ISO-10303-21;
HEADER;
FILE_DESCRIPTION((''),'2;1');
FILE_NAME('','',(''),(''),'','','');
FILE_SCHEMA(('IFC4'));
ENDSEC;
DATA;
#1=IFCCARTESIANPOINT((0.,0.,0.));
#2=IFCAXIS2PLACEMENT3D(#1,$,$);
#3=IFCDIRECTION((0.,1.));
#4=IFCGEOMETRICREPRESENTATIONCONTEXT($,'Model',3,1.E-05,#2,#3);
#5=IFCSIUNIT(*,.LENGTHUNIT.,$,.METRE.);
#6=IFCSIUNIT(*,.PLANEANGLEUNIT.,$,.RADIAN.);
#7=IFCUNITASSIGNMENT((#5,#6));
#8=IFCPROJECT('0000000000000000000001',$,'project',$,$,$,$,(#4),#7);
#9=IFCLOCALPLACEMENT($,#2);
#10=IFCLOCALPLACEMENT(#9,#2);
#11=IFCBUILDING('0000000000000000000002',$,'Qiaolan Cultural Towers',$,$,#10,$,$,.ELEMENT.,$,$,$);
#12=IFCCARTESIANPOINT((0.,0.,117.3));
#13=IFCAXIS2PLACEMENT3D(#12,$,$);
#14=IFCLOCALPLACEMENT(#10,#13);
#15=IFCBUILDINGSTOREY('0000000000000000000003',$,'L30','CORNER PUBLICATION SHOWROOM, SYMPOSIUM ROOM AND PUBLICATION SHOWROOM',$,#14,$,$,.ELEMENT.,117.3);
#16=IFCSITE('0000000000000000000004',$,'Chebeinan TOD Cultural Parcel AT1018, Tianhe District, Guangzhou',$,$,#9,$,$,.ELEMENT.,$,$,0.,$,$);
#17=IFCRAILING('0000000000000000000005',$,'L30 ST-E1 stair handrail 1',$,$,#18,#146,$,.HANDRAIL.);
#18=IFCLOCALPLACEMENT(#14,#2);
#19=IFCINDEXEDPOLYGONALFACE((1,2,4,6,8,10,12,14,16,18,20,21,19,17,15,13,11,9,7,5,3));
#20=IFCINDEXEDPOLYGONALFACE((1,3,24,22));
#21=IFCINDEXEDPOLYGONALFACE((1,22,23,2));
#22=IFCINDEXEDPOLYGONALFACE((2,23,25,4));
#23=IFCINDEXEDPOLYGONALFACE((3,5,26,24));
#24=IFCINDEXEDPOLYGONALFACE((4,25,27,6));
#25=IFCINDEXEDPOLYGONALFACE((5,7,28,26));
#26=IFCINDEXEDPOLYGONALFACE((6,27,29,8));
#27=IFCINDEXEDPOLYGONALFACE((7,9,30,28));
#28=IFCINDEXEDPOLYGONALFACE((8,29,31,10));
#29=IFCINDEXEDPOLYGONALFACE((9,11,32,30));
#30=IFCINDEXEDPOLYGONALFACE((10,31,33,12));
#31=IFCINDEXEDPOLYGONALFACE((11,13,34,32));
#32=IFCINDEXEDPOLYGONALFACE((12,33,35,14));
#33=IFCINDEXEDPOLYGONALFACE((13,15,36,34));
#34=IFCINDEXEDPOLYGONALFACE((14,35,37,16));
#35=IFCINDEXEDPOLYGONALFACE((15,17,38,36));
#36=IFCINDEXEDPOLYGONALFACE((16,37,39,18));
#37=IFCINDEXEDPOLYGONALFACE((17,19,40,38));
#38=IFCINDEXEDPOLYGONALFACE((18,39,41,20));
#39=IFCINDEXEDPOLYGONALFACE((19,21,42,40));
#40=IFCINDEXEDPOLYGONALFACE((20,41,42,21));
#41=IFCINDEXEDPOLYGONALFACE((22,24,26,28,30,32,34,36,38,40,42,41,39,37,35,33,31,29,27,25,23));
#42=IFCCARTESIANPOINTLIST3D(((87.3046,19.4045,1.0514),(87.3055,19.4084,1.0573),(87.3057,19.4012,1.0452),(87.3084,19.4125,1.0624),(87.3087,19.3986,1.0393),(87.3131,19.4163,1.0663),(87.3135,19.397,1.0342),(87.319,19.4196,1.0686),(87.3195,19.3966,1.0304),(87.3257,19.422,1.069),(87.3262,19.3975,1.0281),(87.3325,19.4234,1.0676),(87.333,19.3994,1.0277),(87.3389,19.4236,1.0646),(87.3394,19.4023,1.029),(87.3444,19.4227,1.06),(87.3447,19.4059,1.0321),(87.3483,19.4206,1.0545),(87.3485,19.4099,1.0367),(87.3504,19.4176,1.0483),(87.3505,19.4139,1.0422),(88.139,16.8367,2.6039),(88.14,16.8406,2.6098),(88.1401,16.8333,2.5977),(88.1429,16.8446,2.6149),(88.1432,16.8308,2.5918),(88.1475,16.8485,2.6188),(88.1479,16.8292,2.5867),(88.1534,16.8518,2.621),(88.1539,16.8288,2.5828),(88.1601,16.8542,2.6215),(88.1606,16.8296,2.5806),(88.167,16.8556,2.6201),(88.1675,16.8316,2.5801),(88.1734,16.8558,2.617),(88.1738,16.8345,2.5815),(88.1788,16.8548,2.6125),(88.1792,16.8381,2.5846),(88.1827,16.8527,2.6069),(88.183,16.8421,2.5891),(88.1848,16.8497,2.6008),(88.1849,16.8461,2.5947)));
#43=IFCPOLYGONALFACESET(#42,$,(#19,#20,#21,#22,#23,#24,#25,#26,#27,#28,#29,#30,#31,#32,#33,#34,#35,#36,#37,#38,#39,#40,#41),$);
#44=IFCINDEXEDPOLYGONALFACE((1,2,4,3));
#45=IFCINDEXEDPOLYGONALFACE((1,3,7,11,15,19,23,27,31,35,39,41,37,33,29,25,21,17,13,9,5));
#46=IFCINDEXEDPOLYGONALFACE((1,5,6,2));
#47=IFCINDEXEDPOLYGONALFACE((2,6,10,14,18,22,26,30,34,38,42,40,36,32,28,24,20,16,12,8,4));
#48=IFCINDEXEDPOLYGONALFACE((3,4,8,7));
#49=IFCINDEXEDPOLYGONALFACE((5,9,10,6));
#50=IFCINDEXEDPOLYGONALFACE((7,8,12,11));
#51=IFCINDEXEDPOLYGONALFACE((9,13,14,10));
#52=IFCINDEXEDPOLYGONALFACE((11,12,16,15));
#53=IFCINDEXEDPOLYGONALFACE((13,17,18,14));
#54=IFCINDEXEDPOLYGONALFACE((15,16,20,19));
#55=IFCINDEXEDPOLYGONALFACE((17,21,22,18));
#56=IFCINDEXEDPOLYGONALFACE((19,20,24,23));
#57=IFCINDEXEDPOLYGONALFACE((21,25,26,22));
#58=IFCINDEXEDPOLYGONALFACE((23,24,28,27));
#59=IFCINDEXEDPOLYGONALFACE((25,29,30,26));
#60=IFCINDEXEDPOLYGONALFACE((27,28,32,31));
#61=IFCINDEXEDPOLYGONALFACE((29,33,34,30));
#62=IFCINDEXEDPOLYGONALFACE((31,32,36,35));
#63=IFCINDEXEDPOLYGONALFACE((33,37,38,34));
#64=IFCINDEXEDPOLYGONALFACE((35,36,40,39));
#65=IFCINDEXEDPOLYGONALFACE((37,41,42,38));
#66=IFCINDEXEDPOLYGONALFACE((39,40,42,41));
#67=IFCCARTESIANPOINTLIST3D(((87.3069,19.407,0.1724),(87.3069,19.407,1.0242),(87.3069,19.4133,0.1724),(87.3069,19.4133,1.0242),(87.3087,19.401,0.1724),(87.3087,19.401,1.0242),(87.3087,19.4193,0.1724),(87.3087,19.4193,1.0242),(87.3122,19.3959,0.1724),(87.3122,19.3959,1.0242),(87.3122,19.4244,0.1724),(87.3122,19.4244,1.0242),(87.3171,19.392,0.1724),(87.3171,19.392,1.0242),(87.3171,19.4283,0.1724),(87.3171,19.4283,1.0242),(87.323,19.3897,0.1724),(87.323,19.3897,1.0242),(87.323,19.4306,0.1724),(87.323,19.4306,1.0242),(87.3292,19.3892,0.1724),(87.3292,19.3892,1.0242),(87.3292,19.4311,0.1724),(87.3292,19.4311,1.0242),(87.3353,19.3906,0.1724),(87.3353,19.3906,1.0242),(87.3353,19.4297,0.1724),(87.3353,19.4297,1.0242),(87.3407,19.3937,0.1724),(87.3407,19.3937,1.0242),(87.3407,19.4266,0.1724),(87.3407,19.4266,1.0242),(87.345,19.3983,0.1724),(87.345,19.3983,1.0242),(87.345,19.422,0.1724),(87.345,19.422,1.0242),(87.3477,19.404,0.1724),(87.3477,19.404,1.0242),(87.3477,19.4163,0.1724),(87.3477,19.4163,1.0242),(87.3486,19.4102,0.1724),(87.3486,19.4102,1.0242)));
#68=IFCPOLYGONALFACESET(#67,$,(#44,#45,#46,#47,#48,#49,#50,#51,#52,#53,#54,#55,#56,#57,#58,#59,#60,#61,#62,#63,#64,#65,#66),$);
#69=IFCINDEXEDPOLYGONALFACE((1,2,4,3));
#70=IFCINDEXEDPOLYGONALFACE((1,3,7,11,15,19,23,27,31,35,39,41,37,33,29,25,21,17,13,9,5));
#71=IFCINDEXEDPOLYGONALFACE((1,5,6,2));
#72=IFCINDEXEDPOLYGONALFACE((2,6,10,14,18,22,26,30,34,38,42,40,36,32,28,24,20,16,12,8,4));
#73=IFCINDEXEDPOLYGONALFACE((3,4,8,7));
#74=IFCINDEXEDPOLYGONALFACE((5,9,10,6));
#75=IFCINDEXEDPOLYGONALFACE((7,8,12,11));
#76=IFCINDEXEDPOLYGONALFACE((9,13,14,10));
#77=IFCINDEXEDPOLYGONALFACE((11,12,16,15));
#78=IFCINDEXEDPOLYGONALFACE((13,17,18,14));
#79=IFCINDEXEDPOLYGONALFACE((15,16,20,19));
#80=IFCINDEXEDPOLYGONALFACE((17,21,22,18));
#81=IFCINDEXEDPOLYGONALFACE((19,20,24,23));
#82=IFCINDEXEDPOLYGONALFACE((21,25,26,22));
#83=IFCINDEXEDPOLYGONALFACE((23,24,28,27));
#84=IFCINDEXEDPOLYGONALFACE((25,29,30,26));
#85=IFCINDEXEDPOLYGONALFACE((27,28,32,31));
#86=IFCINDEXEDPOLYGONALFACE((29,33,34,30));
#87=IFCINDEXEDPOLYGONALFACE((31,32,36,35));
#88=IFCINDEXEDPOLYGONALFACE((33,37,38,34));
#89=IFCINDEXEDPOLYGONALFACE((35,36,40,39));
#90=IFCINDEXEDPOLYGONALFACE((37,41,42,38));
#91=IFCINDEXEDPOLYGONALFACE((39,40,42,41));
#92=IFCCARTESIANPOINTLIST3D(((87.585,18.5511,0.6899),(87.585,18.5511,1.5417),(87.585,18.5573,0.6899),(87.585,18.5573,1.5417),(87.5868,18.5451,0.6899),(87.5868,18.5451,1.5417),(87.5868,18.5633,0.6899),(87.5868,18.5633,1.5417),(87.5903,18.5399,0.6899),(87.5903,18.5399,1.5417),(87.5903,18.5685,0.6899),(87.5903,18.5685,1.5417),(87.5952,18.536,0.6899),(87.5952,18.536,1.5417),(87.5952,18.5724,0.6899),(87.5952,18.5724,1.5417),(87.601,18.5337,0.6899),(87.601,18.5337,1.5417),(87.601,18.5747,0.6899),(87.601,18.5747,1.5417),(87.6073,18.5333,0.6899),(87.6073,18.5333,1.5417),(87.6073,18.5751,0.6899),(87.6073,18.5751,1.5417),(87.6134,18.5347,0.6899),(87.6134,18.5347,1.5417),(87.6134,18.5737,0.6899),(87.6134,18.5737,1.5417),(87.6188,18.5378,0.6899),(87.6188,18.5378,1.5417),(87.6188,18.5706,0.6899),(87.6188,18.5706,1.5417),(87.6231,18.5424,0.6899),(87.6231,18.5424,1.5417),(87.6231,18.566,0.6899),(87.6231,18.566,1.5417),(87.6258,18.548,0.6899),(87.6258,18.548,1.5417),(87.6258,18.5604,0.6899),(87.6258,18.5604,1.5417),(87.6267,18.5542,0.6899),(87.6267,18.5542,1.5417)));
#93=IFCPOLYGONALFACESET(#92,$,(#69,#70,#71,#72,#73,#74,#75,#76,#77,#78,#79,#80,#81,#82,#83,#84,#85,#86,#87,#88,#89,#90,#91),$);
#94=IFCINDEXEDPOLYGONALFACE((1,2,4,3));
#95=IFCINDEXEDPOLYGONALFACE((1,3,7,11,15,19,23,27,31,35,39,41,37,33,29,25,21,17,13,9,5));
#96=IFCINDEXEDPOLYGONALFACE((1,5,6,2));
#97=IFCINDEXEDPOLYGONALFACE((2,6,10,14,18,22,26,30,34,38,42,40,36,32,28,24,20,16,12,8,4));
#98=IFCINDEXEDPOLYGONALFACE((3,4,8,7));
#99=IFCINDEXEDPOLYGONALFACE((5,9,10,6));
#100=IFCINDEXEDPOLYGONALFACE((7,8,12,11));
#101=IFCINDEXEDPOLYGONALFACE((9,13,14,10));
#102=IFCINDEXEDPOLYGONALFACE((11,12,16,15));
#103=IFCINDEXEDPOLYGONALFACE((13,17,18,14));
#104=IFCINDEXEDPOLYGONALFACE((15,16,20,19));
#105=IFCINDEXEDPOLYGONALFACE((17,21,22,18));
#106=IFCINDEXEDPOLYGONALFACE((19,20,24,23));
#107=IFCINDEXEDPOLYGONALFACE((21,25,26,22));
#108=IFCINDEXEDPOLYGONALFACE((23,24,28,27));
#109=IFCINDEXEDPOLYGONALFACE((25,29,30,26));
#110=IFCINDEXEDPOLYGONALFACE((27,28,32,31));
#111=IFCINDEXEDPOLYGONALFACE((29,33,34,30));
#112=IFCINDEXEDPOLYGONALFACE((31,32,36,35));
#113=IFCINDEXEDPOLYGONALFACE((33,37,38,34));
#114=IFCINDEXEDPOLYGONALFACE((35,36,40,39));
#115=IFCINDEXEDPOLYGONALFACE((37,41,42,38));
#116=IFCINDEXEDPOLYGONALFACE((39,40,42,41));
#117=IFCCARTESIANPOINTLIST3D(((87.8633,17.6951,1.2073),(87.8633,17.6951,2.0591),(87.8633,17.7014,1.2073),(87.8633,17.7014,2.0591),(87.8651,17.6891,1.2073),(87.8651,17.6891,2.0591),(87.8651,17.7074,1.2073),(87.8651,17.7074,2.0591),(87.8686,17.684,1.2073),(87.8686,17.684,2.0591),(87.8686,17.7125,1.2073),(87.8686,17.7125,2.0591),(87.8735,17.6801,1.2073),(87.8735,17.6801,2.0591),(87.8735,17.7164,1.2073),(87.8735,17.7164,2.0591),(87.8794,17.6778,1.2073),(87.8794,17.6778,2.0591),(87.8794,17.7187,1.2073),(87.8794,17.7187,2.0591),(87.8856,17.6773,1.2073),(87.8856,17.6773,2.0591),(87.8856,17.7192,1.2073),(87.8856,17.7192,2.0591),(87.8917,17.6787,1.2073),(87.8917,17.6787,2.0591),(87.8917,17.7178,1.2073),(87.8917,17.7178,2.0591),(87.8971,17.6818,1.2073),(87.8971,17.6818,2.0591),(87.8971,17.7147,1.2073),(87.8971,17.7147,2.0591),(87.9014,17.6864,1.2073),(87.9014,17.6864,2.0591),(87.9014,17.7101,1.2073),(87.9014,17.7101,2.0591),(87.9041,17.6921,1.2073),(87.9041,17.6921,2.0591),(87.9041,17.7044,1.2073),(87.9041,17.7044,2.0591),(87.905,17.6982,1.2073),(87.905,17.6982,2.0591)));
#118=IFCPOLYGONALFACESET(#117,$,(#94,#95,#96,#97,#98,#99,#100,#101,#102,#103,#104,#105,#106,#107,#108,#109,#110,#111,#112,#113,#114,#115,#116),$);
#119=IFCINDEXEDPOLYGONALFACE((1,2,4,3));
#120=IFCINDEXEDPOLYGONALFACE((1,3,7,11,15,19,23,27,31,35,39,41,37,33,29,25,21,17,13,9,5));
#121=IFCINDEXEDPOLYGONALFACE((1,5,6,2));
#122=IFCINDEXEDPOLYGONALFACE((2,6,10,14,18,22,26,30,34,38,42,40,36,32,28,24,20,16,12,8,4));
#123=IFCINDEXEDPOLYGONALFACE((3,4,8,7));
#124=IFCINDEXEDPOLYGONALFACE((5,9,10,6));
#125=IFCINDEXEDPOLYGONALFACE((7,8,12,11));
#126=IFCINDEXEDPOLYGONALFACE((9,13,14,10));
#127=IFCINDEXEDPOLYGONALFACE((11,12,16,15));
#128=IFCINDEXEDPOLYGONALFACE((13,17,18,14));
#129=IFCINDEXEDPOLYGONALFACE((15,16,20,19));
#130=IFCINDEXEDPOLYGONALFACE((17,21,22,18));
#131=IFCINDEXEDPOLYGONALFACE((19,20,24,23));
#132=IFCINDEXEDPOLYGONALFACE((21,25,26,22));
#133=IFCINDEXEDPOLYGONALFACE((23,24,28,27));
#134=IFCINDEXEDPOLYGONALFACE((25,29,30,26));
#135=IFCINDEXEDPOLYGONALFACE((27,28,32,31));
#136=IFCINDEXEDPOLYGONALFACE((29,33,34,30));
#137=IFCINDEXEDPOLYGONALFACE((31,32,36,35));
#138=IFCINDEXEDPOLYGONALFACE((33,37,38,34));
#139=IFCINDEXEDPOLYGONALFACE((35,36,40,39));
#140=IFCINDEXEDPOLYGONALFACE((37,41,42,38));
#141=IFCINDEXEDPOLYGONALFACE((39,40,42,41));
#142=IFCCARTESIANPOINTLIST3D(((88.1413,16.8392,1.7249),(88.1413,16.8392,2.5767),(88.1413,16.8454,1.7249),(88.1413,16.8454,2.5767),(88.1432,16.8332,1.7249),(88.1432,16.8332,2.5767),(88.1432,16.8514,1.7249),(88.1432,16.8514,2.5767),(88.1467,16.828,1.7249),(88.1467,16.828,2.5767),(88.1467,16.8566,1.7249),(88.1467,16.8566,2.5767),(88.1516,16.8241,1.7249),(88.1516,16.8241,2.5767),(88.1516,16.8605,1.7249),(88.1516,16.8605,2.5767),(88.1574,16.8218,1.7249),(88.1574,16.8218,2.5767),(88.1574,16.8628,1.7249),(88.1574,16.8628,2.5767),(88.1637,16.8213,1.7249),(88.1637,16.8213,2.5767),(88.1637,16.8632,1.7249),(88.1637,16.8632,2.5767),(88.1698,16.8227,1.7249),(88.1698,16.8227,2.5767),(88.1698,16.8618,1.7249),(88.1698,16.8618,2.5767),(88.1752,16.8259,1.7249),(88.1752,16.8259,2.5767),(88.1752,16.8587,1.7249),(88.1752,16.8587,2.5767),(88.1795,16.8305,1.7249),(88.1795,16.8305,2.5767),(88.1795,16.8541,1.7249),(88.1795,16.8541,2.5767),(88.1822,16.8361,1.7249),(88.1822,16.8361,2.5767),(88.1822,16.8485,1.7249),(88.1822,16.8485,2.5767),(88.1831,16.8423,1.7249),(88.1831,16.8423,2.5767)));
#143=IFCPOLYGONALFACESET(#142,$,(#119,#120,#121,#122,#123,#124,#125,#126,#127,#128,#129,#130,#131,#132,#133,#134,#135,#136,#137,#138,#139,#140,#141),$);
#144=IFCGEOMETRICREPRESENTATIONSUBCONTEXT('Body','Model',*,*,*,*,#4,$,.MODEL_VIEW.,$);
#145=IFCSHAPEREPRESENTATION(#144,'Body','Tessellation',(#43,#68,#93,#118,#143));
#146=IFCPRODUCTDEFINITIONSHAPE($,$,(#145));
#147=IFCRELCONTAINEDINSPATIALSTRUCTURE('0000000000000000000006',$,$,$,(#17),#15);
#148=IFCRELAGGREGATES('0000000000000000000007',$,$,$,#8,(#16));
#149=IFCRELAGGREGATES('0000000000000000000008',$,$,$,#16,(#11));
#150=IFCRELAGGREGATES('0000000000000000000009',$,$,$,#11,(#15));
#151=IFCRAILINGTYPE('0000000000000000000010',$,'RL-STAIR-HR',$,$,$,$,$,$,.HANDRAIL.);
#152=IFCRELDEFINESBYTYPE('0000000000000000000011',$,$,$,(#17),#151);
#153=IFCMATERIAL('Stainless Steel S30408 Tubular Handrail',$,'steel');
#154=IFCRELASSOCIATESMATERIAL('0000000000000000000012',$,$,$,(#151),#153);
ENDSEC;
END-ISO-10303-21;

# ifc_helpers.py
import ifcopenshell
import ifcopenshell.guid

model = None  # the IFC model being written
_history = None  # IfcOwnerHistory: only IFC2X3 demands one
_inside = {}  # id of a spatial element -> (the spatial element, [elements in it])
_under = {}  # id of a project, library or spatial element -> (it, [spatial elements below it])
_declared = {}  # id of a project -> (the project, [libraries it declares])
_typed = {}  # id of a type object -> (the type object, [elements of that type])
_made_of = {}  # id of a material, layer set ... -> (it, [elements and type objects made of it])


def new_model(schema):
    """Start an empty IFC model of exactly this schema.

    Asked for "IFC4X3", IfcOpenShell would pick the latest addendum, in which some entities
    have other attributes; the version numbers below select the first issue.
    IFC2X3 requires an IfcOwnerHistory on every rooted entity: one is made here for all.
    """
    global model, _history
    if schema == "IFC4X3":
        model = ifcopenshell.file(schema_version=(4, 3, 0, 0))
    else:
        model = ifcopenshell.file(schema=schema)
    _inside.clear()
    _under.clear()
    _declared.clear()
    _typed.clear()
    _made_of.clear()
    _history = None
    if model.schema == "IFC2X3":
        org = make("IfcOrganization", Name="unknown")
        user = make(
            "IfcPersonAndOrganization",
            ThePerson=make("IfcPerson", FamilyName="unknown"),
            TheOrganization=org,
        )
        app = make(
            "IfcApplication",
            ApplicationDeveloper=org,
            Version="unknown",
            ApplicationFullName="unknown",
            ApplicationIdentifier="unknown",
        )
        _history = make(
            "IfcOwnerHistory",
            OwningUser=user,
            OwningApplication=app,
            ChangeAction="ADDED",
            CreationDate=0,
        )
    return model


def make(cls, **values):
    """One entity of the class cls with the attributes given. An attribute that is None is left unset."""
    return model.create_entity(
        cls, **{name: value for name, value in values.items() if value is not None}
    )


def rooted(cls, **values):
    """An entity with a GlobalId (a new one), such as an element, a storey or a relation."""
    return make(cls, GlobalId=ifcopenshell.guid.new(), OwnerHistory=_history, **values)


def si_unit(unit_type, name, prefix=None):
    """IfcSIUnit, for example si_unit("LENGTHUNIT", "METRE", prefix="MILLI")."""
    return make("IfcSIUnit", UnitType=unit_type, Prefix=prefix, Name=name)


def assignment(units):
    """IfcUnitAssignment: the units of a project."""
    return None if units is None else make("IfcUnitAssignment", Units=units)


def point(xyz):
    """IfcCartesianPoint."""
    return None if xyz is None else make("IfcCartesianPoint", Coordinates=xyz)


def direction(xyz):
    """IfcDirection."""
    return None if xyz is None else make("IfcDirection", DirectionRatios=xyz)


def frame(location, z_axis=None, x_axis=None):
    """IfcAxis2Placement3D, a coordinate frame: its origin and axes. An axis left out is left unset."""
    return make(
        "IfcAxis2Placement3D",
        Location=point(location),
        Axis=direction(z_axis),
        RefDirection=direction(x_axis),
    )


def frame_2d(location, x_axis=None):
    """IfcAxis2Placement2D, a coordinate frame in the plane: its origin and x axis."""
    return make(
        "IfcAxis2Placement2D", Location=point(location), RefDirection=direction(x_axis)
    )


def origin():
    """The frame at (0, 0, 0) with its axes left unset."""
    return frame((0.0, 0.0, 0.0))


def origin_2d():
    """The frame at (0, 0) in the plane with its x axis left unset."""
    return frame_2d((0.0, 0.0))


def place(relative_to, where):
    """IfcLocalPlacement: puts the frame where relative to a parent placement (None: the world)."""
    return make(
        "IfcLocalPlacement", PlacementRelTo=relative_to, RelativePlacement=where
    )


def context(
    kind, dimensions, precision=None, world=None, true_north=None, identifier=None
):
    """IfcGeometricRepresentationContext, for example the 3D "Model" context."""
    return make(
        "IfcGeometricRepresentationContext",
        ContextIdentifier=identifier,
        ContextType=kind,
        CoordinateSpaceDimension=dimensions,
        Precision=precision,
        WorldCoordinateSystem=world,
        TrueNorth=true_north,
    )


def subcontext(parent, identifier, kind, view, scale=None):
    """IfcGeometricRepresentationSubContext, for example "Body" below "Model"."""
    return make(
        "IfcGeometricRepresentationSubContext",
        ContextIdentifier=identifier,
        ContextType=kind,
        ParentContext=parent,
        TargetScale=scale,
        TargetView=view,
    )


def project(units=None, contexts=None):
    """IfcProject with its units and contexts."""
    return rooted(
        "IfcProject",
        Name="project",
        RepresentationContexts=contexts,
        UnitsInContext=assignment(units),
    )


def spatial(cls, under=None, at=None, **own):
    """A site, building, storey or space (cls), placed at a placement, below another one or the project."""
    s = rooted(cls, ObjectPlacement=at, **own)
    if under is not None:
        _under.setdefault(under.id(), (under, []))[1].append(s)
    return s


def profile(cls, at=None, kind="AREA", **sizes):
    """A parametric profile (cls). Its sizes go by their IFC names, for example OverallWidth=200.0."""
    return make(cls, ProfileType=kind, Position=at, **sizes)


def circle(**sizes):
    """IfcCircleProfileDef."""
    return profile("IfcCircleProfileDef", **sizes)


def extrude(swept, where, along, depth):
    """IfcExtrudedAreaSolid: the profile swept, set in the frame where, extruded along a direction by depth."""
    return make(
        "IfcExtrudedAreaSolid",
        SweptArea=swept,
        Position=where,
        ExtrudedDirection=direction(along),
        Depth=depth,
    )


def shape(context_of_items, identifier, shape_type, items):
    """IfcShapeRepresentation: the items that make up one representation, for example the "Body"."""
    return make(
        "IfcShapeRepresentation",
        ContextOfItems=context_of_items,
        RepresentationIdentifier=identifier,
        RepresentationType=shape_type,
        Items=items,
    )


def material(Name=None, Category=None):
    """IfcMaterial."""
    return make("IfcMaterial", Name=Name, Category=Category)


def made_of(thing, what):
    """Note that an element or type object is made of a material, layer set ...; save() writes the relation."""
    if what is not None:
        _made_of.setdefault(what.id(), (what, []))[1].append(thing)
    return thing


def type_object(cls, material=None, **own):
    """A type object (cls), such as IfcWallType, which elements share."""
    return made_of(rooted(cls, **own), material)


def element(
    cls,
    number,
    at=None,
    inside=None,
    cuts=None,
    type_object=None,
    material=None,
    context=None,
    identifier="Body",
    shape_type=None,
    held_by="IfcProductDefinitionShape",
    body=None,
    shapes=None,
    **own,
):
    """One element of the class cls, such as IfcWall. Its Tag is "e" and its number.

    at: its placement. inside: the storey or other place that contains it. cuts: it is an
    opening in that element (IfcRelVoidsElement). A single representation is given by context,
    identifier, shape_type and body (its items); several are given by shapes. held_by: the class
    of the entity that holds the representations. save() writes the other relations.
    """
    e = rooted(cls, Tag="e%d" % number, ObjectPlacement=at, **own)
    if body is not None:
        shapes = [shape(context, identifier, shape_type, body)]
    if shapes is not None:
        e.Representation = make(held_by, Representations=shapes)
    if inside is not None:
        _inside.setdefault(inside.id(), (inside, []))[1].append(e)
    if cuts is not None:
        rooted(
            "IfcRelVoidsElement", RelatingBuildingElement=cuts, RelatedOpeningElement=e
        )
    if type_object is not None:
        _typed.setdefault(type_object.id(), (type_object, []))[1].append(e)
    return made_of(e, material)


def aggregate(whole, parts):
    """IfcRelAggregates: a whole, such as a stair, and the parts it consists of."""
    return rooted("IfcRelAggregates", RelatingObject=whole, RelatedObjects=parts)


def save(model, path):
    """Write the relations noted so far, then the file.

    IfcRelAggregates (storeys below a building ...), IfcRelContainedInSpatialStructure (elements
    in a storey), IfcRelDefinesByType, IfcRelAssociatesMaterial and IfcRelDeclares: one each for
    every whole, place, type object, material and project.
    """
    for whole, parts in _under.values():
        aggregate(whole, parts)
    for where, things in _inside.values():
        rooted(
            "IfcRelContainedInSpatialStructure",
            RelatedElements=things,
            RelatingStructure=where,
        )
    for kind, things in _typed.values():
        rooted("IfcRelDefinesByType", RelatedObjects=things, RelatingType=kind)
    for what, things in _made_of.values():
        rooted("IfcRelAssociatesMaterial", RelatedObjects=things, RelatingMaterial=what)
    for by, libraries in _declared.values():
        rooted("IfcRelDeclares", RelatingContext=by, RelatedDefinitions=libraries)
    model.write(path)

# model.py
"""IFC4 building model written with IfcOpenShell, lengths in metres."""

from ifc_helpers import new_model, si_unit, direction, frame, origin, origin_2d, place, context, subcontext, project, spatial, circle, extrude, material, type_object, element, save


model = new_model("IFC4")

# Units and contexts
model_context = context("Model", 3, precision=1e-05, world=origin(), true_north=direction((0.0, 1.0)))
body_context = subcontext(model_context, "Body", "Model", "MODEL_VIEW")
ifc_project = project(units=[si_unit("LENGTHUNIT", "METRE"), si_unit("PLANEANGLEUNIT", "RADIAN")], contexts=[model_context])

# Site, building, storey
site_placement = place(None, origin())
site = spatial("IfcSite", under=ifc_project, at=site_placement, Name="Chebeinan TOD Cultural Parcel AT1018, Tianhe District, Guangzhou", CompositionType="ELEMENT", RefElevation=0.0)
building_placement = place(site_placement, origin())
building = spatial("IfcBuilding", under=site, at=building_placement, Name="Qiaolan Cultural Towers", CompositionType="ELEMENT")
storey_placement = place(building_placement, frame((0.0, 0.0, 117.3)))
storey = spatial("IfcBuildingStorey", under=building, at=storey_placement, Name="L30", Description="CORNER PUBLICATION SHOWROOM, SYMPOSIUM ROOM AND PUBLICATION SHOWROOM", CompositionType="ELEMENT", Elevation=117.3)

# Railing
ifc_material_1 = material(Name="Stainless Steel S30408 Tubular Handrail", Category="steel")
railing_type_1 = type_object("IfcRailingType", Name="RL-STAIR-HR", PredefinedType="HANDRAIL", material=ifc_material_1)
railing_1_placement = place(storey_placement, frame((87.3276, 19.4102, 0.1724)))
element("IfcRailing", 1, at=railing_1_placement, inside=storey, type_object=railing_type_1, Name="L30 ST-E1 stair handrail 1", PredefinedType="HANDRAIL", context=body_context, shape_type="SweptSolid", body=[
    extrude(circle(Radius=0.0239, at=origin_2d()), frame((0.0, 0.0, 0.876), z_axis=(0.267926, -0.824471, 0.498461), x_axis=(0.951043, 0.309057, 0.0)), (0.0, 0.0, 1.0), 3.1145),
    extrude(circle(Radius=0.021, at=origin_2d()), origin(), (0.0, 0.0, 1.0), 0.8518),
    extrude(circle(Radius=0.021, at=origin_2d()), frame((0.2781, -0.856, 0.5176)), (0.0, 0.0, 1.0), 0.8518),
    extrude(circle(Radius=0.021, at=origin_2d()), frame((0.5564, -1.7119, 1.0349)), (0.0, 0.0, 1.0), 0.8518),
    extrude(circle(Radius=0.021, at=origin_2d()), frame((0.8345, -2.5679, 1.5525)), (0.0, 0.0, 1.0), 0.8518),
])

save(model, "model.ifc")
